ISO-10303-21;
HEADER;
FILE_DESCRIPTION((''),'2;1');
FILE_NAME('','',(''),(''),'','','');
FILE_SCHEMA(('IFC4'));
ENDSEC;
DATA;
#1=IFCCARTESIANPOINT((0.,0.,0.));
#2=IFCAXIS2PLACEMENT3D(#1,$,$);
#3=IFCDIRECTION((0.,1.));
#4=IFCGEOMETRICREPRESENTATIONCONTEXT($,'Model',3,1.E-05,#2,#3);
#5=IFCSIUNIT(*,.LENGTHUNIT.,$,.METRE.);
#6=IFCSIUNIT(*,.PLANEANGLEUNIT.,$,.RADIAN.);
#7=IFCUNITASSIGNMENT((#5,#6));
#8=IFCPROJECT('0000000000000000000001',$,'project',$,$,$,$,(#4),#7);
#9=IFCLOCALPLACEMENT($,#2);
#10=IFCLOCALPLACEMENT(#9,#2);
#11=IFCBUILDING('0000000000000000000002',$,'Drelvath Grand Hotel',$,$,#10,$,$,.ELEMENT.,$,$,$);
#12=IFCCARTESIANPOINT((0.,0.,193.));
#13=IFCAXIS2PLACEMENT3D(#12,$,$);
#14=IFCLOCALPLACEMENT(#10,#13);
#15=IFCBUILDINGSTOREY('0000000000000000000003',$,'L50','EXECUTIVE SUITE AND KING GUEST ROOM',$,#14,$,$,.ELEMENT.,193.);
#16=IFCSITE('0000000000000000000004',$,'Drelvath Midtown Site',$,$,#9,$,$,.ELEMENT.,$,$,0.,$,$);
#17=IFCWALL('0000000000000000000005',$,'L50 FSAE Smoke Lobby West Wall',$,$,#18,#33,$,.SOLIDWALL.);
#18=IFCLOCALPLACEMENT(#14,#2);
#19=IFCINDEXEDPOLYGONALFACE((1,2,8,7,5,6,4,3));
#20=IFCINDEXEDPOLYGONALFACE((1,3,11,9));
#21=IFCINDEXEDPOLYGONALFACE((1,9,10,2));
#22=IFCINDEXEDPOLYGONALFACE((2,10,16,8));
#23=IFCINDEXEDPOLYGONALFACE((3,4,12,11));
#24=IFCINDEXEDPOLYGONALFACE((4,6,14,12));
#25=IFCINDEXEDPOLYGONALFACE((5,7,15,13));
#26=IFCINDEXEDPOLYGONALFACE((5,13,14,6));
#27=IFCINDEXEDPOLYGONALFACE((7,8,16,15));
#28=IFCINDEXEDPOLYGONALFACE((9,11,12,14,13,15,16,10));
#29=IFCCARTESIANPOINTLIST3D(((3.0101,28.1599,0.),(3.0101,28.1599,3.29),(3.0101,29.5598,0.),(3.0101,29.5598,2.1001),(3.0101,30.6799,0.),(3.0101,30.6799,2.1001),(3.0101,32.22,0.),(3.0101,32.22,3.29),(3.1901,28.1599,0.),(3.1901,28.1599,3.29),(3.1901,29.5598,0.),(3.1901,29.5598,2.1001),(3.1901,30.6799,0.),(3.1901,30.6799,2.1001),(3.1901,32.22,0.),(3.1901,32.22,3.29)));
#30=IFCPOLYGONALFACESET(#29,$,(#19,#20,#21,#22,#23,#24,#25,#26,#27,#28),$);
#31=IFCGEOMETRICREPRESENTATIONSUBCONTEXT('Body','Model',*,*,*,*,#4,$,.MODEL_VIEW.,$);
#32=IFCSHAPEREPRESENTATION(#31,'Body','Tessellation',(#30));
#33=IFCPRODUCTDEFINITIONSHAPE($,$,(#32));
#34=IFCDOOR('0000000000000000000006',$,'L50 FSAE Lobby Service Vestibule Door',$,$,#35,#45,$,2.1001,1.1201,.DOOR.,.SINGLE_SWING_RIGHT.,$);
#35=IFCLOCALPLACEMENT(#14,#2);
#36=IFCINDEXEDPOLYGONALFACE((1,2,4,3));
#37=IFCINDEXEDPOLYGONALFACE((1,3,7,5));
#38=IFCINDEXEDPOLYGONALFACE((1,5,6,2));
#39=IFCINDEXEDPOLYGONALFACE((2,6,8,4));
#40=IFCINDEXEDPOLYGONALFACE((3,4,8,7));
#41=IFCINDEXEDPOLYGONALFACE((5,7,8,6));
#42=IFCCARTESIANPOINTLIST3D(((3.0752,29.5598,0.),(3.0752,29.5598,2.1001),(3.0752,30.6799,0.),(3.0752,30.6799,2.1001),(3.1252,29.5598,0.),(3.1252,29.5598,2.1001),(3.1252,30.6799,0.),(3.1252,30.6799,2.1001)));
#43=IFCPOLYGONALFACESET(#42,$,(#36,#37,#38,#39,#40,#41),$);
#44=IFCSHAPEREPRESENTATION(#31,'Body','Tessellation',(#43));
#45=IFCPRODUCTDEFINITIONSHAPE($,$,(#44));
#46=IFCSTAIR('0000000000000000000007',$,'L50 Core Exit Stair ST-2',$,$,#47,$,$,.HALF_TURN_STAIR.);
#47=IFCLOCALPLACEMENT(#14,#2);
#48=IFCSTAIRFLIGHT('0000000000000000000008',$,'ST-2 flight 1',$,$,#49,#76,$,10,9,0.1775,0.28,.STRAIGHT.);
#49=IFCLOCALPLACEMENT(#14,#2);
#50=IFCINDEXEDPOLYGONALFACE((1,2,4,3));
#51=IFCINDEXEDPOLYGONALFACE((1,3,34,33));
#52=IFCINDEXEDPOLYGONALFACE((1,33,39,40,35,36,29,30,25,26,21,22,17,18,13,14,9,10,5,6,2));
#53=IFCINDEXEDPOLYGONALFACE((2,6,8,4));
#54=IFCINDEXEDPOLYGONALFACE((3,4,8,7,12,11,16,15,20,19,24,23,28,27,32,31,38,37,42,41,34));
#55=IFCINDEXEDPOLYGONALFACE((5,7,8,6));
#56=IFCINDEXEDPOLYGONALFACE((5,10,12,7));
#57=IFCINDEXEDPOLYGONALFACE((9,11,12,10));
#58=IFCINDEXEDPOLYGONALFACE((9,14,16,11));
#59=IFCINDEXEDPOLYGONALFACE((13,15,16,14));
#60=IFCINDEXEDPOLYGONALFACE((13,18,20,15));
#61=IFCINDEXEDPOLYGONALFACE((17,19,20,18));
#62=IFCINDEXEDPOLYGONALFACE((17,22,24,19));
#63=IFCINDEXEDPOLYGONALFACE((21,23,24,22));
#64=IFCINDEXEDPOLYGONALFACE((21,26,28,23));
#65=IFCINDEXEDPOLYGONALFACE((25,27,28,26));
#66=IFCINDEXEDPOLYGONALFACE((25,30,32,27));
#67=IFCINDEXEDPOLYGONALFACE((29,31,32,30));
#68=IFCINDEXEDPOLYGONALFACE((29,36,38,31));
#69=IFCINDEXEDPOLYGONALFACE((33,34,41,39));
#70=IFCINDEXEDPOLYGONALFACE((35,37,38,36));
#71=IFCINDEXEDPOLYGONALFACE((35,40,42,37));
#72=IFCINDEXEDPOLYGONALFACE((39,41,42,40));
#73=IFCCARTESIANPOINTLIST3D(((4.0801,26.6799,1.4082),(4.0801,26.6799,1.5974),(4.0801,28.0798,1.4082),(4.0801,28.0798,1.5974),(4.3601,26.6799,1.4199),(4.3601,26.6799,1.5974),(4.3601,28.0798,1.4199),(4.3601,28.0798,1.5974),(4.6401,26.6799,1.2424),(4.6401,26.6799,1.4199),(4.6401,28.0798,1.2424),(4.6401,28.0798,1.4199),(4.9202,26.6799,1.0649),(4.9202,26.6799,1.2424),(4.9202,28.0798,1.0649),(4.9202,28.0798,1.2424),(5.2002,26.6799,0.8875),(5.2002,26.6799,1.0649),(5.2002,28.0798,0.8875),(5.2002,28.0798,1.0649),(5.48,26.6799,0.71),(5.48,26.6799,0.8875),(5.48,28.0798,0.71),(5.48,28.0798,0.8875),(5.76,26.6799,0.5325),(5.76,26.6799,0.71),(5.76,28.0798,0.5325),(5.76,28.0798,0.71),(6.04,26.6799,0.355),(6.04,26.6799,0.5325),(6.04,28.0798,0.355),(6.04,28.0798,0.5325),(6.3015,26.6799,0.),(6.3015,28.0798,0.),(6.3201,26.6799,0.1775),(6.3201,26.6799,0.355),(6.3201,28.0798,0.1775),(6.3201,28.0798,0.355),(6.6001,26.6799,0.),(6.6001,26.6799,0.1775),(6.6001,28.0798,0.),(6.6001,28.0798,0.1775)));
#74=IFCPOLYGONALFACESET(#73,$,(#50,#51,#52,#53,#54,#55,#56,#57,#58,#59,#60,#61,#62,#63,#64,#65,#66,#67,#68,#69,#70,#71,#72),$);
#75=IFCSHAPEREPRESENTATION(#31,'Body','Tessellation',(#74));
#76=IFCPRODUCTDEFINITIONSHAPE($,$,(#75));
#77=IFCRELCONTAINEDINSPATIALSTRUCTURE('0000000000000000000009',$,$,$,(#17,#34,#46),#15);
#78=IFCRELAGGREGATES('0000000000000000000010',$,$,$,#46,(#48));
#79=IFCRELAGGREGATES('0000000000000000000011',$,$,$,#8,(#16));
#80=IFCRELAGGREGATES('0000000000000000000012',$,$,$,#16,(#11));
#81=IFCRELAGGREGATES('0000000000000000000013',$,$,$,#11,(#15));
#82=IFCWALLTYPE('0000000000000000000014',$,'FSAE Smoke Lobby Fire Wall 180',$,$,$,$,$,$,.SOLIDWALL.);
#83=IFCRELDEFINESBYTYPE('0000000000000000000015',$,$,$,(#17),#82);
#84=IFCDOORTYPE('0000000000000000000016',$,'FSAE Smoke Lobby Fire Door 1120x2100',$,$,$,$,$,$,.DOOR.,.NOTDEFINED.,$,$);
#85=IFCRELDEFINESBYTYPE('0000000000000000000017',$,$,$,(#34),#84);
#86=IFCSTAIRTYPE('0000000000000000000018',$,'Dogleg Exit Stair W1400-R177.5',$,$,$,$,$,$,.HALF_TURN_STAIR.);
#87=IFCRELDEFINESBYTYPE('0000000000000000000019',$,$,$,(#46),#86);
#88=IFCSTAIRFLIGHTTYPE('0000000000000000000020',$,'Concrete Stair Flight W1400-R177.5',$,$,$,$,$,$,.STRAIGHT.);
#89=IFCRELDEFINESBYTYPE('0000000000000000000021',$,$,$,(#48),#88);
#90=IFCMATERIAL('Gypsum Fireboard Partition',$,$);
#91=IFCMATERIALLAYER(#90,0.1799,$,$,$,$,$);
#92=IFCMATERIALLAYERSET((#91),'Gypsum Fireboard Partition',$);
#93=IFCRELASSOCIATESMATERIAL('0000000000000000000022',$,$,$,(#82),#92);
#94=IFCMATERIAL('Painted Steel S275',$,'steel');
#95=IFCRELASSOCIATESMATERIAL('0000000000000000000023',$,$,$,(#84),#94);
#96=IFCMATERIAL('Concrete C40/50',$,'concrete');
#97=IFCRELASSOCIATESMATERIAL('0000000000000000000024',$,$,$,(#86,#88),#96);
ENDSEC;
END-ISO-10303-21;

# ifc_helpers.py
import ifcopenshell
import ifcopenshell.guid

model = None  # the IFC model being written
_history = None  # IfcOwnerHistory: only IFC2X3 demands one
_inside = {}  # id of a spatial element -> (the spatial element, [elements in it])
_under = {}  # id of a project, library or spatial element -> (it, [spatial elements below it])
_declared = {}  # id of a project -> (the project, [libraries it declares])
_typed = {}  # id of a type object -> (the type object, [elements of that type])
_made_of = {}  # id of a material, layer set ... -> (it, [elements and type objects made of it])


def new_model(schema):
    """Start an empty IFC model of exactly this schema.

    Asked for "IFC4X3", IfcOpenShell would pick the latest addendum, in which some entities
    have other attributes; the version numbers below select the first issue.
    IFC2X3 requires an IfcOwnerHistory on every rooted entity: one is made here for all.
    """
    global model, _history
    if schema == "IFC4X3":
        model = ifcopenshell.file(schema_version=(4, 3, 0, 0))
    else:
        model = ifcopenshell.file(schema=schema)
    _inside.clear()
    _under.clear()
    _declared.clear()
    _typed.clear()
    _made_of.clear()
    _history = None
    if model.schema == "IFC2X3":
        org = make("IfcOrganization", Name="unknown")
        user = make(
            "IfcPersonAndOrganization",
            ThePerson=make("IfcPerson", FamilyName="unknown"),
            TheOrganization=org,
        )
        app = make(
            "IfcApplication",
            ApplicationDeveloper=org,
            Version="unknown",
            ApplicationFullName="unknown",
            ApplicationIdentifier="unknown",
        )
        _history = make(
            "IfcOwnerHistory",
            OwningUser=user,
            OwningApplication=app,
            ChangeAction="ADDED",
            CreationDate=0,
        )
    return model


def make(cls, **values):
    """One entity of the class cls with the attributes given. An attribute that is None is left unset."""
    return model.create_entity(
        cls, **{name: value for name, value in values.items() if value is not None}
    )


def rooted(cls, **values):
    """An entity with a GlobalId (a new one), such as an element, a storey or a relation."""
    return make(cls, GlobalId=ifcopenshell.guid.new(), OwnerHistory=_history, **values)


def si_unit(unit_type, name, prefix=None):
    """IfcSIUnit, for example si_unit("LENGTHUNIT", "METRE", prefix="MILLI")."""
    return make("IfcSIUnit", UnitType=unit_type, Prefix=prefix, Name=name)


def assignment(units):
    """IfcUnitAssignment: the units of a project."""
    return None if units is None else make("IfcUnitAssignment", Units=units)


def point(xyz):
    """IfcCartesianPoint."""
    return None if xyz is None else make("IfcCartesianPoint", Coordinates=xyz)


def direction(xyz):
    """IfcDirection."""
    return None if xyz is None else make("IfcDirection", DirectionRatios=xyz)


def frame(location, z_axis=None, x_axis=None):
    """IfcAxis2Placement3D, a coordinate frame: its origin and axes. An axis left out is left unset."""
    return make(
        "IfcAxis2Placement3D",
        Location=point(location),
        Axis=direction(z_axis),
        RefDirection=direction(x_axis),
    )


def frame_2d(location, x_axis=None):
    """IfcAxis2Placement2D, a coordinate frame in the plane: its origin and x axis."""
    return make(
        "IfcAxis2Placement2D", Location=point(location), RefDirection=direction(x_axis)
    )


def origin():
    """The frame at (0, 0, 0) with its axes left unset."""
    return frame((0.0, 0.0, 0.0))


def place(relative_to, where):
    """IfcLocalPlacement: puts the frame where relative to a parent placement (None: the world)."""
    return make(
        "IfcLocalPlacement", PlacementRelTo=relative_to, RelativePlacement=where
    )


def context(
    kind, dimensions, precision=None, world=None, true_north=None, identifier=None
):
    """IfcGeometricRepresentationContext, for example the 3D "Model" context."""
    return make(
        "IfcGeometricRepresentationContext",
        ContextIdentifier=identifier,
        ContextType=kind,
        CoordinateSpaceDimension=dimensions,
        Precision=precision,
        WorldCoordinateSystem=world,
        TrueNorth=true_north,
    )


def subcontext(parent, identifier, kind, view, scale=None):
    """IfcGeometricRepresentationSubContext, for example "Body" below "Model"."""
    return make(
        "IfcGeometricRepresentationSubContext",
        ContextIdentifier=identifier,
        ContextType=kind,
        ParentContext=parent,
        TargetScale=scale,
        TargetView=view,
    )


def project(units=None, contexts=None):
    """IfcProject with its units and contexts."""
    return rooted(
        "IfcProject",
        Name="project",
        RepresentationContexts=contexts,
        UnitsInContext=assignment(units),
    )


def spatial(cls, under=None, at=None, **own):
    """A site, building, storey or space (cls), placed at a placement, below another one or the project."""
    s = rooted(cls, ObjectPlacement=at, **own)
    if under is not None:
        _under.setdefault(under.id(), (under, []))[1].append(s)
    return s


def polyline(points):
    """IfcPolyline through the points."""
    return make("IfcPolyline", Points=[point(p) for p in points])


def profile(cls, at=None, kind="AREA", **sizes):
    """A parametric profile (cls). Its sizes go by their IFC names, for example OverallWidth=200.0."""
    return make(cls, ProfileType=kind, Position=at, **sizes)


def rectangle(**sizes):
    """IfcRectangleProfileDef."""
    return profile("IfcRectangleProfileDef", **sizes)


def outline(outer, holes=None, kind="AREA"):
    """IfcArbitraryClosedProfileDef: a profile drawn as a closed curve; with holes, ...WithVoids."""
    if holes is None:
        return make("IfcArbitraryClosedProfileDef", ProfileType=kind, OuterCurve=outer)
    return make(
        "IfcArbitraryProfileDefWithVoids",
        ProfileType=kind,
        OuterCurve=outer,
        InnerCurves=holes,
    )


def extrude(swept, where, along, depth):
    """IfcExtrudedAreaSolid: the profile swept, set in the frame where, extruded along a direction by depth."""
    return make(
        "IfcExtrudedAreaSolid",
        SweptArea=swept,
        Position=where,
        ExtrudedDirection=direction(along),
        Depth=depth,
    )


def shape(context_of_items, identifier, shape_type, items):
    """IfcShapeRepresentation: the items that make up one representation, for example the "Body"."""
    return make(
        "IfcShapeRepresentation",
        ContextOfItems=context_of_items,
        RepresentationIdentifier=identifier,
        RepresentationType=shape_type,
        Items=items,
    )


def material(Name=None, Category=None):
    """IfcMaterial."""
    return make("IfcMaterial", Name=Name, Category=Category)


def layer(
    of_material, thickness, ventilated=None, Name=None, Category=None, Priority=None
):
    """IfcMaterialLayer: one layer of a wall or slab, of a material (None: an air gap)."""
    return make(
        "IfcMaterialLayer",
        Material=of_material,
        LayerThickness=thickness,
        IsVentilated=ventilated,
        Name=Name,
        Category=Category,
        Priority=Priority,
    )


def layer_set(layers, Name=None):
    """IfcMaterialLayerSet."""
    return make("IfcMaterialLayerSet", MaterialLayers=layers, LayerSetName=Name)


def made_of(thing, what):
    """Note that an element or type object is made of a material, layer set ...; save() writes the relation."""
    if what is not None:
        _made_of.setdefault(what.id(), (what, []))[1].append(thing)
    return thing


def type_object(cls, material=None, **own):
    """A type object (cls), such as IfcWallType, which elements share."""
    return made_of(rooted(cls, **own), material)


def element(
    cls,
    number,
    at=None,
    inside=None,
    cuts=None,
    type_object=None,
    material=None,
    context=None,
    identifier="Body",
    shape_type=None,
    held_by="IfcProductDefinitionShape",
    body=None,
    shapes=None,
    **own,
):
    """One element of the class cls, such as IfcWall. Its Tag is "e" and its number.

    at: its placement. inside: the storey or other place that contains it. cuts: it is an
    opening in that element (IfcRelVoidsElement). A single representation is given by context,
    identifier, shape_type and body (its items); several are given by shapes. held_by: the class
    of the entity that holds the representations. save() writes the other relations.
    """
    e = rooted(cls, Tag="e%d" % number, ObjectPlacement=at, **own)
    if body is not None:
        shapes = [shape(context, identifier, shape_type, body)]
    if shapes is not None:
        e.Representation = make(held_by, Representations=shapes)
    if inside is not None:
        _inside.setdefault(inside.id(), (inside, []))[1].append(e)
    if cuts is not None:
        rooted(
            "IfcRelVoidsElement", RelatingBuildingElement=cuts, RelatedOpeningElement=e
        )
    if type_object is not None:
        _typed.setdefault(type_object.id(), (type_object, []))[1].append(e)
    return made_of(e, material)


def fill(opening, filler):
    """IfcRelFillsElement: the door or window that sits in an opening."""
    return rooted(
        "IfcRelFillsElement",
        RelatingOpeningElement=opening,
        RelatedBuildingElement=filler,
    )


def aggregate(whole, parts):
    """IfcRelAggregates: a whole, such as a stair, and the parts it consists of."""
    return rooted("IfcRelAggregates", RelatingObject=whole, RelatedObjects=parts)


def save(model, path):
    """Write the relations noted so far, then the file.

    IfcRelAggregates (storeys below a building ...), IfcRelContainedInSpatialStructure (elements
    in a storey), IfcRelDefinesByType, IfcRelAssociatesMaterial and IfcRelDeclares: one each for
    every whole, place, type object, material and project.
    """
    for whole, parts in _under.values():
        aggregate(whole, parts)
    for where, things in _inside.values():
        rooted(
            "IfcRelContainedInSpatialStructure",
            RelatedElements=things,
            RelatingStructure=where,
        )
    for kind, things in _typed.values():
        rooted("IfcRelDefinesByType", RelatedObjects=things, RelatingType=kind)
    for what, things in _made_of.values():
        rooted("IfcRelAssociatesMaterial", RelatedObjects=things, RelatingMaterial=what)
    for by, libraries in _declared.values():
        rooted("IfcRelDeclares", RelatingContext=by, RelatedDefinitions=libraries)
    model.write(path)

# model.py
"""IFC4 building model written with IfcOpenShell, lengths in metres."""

from ifc_helpers import new_model, si_unit, direction, frame, frame_2d, origin, place, context, subcontext, project, spatial, polyline, rectangle, outline, extrude, material, layer, layer_set, type_object, element, fill, aggregate, save


model = new_model("IFC4")

# Units and contexts
model_context = context("Model", 3, precision=1e-05, world=origin(), true_north=direction((0.0, 1.0)))
body_context = subcontext(model_context, "Body", "Model", "MODEL_VIEW")
ifc_project = project(units=[si_unit("LENGTHUNIT", "METRE"), si_unit("PLANEANGLEUNIT", "RADIAN")], contexts=[model_context])

# Site, building, storey
site_placement = place(None, origin())
site = spatial("IfcSite", under=ifc_project, at=site_placement, Name="Drelvath Midtown Site", CompositionType="ELEMENT", RefElevation=0.0)
building_placement = place(site_placement, origin())
building = spatial("IfcBuilding", under=site, at=building_placement, Name="Drelvath Grand Hotel", CompositionType="ELEMENT")
storey_placement = place(building_placement, frame((0.0, 0.0, 193.0)))
storey = spatial("IfcBuildingStorey", under=building, at=storey_placement, Name="L50", Description="EXECUTIVE SUITE AND KING GUEST ROOM", CompositionType="ELEMENT", Elevation=193.0)

# Shared definitions
ifc_material_1 = material(Name="Concrete C40/50", Category="concrete")

# Wall, opening, door
ifc_material_2 = material(Name="Painted Steel S275", Category="steel")
ifc_material_3 = material(Name="Gypsum Fireboard Partition")
ifc_layer_1 = layer(ifc_material_3, 0.1799)
ifc_layer_set_1 = layer_set([ifc_layer_1], Name="Gypsum Fireboard Partition")
wall_type_1 = type_object("IfcWallType", Name="FSAE Smoke Lobby Fire Wall 180", PredefinedType="SOLIDWALL", material=ifc_layer_set_1)
wall_1_placement = place(storey_placement, frame((3.1001, 28.1599, 0.0), z_axis=(0.0, 0.0, 1.0), x_axis=(0.0, 1.0, 0.0)))
wall_1 = element("IfcWall", 1, at=wall_1_placement, inside=storey, type_object=wall_type_1, Name="L50 FSAE Smoke Lobby West Wall", PredefinedType="SOLIDWALL", context=body_context, shape_type="SweptSolid", body=[
    extrude(rectangle(XDim=4.0601, YDim=0.1799, at=frame_2d((2.03, 0.0))), origin(), (0.0, 0.0, 1.0), 3.29),
])
opening_1_placement = place(wall_1_placement, frame((1.3999, 0.0, 0.0)))
opening_1 = element("IfcOpeningElement", 2, at=opening_1_placement, cuts=wall_1, PredefinedType="OPENING", context=body_context, shape_type="SweptSolid", body=[
    extrude(rectangle(XDim=1.1201, YDim=2.1001, at=frame_2d((0.5601, 1.05))), frame((0.0, 0.0999, 0.0), z_axis=(0.0, -1.0, 0.0), x_axis=(1.0, 0.0, 0.0)), (0.0, 0.0, 1.0), 0.2),
])
door_type_1 = type_object("IfcDoorType", Name="FSAE Smoke Lobby Fire Door 1120x2100", OperationType="NOTDEFINED", PredefinedType="DOOR", material=ifc_material_2)
door_1_placement = place(opening_1_placement, origin())
door_1 = element("IfcDoor", 3, at=door_1_placement, inside=storey, type_object=door_type_1, Name="L50 FSAE Lobby Service Vestibule Door", OperationType="SINGLE_SWING_RIGHT", OverallHeight=2.1001, OverallWidth=1.1201, PredefinedType="DOOR", context=body_context, shape_type="SweptSolid", body=[
    extrude(rectangle(XDim=1.1201, YDim=2.1001, at=frame_2d((0.5601, 1.05))), frame((0.0, 0.0249, 0.0), z_axis=(0.0, -1.0, 0.0), x_axis=(1.0, 0.0, 0.0)), (0.0, 0.0, 1.0), 0.05),
])
fill(opening_1, door_1)

# Stair, stair flight
stair_type = type_object("IfcStairType", Name="Dogleg Exit Stair W1400-R177.5", PredefinedType="HALF_TURN_STAIR", material=ifc_material_1)
stair_placement = place(storey_placement, origin())
stair = element("IfcStair", 4, at=stair_placement, inside=storey, type_object=stair_type, Name="L50 Core Exit Stair ST-2", PredefinedType="HALF_TURN_STAIR")
stair_flight_type = type_object("IfcStairFlightType", Name="Concrete Stair Flight W1400-R177.5", PredefinedType="STRAIGHT", material=ifc_material_1)
stair_flight_placement = place(storey_placement, frame((6.6001, 27.3799, 0.0), z_axis=(0.0, 0.0, 1.0), x_axis=(-1.0, 0.0, 0.0)))
stair_flight = element("IfcStairFlight", 5, at=stair_flight_placement, type_object=stair_flight_type, Name="ST-2 flight 1", NumberOfRisers=10, NumberOfTreads=9, PredefinedType="STRAIGHT", RiserHeight=0.1775, TreadLength=0.28, context=body_context, shape_type="SweptSolid", body=[
    extrude(outline(polyline([(0.0, 0.0), (0.0, 0.1775), (0.28, 0.1775), (0.28, 0.355), (0.5601, 0.355), (0.5601, 0.5325), (0.8401, 0.5325), (0.8401, 0.71), (1.1201, 0.71), (1.1201, 0.8875), (1.3999, 0.8875), (1.3999, 1.0649), (1.6799, 1.0649), (1.6799, 1.2424), (1.96, 1.2424), (1.96, 1.4199), (2.24, 1.4199), (2.24, 1.5974), (2.52, 1.5974), (2.52, 1.7749), (2.52, 1.4082), (0.2986, 0.0), (0.0, 0.0)])), frame((0.0, 0.7, 0.0), z_axis=(0.0, -1.0, 0.0), x_axis=(1.0, 0.0, 0.0)), (0.0, 0.0, 1.0), 1.3999),
])
aggregate(stair, [stair_flight])

save(model, "model.ifc")
